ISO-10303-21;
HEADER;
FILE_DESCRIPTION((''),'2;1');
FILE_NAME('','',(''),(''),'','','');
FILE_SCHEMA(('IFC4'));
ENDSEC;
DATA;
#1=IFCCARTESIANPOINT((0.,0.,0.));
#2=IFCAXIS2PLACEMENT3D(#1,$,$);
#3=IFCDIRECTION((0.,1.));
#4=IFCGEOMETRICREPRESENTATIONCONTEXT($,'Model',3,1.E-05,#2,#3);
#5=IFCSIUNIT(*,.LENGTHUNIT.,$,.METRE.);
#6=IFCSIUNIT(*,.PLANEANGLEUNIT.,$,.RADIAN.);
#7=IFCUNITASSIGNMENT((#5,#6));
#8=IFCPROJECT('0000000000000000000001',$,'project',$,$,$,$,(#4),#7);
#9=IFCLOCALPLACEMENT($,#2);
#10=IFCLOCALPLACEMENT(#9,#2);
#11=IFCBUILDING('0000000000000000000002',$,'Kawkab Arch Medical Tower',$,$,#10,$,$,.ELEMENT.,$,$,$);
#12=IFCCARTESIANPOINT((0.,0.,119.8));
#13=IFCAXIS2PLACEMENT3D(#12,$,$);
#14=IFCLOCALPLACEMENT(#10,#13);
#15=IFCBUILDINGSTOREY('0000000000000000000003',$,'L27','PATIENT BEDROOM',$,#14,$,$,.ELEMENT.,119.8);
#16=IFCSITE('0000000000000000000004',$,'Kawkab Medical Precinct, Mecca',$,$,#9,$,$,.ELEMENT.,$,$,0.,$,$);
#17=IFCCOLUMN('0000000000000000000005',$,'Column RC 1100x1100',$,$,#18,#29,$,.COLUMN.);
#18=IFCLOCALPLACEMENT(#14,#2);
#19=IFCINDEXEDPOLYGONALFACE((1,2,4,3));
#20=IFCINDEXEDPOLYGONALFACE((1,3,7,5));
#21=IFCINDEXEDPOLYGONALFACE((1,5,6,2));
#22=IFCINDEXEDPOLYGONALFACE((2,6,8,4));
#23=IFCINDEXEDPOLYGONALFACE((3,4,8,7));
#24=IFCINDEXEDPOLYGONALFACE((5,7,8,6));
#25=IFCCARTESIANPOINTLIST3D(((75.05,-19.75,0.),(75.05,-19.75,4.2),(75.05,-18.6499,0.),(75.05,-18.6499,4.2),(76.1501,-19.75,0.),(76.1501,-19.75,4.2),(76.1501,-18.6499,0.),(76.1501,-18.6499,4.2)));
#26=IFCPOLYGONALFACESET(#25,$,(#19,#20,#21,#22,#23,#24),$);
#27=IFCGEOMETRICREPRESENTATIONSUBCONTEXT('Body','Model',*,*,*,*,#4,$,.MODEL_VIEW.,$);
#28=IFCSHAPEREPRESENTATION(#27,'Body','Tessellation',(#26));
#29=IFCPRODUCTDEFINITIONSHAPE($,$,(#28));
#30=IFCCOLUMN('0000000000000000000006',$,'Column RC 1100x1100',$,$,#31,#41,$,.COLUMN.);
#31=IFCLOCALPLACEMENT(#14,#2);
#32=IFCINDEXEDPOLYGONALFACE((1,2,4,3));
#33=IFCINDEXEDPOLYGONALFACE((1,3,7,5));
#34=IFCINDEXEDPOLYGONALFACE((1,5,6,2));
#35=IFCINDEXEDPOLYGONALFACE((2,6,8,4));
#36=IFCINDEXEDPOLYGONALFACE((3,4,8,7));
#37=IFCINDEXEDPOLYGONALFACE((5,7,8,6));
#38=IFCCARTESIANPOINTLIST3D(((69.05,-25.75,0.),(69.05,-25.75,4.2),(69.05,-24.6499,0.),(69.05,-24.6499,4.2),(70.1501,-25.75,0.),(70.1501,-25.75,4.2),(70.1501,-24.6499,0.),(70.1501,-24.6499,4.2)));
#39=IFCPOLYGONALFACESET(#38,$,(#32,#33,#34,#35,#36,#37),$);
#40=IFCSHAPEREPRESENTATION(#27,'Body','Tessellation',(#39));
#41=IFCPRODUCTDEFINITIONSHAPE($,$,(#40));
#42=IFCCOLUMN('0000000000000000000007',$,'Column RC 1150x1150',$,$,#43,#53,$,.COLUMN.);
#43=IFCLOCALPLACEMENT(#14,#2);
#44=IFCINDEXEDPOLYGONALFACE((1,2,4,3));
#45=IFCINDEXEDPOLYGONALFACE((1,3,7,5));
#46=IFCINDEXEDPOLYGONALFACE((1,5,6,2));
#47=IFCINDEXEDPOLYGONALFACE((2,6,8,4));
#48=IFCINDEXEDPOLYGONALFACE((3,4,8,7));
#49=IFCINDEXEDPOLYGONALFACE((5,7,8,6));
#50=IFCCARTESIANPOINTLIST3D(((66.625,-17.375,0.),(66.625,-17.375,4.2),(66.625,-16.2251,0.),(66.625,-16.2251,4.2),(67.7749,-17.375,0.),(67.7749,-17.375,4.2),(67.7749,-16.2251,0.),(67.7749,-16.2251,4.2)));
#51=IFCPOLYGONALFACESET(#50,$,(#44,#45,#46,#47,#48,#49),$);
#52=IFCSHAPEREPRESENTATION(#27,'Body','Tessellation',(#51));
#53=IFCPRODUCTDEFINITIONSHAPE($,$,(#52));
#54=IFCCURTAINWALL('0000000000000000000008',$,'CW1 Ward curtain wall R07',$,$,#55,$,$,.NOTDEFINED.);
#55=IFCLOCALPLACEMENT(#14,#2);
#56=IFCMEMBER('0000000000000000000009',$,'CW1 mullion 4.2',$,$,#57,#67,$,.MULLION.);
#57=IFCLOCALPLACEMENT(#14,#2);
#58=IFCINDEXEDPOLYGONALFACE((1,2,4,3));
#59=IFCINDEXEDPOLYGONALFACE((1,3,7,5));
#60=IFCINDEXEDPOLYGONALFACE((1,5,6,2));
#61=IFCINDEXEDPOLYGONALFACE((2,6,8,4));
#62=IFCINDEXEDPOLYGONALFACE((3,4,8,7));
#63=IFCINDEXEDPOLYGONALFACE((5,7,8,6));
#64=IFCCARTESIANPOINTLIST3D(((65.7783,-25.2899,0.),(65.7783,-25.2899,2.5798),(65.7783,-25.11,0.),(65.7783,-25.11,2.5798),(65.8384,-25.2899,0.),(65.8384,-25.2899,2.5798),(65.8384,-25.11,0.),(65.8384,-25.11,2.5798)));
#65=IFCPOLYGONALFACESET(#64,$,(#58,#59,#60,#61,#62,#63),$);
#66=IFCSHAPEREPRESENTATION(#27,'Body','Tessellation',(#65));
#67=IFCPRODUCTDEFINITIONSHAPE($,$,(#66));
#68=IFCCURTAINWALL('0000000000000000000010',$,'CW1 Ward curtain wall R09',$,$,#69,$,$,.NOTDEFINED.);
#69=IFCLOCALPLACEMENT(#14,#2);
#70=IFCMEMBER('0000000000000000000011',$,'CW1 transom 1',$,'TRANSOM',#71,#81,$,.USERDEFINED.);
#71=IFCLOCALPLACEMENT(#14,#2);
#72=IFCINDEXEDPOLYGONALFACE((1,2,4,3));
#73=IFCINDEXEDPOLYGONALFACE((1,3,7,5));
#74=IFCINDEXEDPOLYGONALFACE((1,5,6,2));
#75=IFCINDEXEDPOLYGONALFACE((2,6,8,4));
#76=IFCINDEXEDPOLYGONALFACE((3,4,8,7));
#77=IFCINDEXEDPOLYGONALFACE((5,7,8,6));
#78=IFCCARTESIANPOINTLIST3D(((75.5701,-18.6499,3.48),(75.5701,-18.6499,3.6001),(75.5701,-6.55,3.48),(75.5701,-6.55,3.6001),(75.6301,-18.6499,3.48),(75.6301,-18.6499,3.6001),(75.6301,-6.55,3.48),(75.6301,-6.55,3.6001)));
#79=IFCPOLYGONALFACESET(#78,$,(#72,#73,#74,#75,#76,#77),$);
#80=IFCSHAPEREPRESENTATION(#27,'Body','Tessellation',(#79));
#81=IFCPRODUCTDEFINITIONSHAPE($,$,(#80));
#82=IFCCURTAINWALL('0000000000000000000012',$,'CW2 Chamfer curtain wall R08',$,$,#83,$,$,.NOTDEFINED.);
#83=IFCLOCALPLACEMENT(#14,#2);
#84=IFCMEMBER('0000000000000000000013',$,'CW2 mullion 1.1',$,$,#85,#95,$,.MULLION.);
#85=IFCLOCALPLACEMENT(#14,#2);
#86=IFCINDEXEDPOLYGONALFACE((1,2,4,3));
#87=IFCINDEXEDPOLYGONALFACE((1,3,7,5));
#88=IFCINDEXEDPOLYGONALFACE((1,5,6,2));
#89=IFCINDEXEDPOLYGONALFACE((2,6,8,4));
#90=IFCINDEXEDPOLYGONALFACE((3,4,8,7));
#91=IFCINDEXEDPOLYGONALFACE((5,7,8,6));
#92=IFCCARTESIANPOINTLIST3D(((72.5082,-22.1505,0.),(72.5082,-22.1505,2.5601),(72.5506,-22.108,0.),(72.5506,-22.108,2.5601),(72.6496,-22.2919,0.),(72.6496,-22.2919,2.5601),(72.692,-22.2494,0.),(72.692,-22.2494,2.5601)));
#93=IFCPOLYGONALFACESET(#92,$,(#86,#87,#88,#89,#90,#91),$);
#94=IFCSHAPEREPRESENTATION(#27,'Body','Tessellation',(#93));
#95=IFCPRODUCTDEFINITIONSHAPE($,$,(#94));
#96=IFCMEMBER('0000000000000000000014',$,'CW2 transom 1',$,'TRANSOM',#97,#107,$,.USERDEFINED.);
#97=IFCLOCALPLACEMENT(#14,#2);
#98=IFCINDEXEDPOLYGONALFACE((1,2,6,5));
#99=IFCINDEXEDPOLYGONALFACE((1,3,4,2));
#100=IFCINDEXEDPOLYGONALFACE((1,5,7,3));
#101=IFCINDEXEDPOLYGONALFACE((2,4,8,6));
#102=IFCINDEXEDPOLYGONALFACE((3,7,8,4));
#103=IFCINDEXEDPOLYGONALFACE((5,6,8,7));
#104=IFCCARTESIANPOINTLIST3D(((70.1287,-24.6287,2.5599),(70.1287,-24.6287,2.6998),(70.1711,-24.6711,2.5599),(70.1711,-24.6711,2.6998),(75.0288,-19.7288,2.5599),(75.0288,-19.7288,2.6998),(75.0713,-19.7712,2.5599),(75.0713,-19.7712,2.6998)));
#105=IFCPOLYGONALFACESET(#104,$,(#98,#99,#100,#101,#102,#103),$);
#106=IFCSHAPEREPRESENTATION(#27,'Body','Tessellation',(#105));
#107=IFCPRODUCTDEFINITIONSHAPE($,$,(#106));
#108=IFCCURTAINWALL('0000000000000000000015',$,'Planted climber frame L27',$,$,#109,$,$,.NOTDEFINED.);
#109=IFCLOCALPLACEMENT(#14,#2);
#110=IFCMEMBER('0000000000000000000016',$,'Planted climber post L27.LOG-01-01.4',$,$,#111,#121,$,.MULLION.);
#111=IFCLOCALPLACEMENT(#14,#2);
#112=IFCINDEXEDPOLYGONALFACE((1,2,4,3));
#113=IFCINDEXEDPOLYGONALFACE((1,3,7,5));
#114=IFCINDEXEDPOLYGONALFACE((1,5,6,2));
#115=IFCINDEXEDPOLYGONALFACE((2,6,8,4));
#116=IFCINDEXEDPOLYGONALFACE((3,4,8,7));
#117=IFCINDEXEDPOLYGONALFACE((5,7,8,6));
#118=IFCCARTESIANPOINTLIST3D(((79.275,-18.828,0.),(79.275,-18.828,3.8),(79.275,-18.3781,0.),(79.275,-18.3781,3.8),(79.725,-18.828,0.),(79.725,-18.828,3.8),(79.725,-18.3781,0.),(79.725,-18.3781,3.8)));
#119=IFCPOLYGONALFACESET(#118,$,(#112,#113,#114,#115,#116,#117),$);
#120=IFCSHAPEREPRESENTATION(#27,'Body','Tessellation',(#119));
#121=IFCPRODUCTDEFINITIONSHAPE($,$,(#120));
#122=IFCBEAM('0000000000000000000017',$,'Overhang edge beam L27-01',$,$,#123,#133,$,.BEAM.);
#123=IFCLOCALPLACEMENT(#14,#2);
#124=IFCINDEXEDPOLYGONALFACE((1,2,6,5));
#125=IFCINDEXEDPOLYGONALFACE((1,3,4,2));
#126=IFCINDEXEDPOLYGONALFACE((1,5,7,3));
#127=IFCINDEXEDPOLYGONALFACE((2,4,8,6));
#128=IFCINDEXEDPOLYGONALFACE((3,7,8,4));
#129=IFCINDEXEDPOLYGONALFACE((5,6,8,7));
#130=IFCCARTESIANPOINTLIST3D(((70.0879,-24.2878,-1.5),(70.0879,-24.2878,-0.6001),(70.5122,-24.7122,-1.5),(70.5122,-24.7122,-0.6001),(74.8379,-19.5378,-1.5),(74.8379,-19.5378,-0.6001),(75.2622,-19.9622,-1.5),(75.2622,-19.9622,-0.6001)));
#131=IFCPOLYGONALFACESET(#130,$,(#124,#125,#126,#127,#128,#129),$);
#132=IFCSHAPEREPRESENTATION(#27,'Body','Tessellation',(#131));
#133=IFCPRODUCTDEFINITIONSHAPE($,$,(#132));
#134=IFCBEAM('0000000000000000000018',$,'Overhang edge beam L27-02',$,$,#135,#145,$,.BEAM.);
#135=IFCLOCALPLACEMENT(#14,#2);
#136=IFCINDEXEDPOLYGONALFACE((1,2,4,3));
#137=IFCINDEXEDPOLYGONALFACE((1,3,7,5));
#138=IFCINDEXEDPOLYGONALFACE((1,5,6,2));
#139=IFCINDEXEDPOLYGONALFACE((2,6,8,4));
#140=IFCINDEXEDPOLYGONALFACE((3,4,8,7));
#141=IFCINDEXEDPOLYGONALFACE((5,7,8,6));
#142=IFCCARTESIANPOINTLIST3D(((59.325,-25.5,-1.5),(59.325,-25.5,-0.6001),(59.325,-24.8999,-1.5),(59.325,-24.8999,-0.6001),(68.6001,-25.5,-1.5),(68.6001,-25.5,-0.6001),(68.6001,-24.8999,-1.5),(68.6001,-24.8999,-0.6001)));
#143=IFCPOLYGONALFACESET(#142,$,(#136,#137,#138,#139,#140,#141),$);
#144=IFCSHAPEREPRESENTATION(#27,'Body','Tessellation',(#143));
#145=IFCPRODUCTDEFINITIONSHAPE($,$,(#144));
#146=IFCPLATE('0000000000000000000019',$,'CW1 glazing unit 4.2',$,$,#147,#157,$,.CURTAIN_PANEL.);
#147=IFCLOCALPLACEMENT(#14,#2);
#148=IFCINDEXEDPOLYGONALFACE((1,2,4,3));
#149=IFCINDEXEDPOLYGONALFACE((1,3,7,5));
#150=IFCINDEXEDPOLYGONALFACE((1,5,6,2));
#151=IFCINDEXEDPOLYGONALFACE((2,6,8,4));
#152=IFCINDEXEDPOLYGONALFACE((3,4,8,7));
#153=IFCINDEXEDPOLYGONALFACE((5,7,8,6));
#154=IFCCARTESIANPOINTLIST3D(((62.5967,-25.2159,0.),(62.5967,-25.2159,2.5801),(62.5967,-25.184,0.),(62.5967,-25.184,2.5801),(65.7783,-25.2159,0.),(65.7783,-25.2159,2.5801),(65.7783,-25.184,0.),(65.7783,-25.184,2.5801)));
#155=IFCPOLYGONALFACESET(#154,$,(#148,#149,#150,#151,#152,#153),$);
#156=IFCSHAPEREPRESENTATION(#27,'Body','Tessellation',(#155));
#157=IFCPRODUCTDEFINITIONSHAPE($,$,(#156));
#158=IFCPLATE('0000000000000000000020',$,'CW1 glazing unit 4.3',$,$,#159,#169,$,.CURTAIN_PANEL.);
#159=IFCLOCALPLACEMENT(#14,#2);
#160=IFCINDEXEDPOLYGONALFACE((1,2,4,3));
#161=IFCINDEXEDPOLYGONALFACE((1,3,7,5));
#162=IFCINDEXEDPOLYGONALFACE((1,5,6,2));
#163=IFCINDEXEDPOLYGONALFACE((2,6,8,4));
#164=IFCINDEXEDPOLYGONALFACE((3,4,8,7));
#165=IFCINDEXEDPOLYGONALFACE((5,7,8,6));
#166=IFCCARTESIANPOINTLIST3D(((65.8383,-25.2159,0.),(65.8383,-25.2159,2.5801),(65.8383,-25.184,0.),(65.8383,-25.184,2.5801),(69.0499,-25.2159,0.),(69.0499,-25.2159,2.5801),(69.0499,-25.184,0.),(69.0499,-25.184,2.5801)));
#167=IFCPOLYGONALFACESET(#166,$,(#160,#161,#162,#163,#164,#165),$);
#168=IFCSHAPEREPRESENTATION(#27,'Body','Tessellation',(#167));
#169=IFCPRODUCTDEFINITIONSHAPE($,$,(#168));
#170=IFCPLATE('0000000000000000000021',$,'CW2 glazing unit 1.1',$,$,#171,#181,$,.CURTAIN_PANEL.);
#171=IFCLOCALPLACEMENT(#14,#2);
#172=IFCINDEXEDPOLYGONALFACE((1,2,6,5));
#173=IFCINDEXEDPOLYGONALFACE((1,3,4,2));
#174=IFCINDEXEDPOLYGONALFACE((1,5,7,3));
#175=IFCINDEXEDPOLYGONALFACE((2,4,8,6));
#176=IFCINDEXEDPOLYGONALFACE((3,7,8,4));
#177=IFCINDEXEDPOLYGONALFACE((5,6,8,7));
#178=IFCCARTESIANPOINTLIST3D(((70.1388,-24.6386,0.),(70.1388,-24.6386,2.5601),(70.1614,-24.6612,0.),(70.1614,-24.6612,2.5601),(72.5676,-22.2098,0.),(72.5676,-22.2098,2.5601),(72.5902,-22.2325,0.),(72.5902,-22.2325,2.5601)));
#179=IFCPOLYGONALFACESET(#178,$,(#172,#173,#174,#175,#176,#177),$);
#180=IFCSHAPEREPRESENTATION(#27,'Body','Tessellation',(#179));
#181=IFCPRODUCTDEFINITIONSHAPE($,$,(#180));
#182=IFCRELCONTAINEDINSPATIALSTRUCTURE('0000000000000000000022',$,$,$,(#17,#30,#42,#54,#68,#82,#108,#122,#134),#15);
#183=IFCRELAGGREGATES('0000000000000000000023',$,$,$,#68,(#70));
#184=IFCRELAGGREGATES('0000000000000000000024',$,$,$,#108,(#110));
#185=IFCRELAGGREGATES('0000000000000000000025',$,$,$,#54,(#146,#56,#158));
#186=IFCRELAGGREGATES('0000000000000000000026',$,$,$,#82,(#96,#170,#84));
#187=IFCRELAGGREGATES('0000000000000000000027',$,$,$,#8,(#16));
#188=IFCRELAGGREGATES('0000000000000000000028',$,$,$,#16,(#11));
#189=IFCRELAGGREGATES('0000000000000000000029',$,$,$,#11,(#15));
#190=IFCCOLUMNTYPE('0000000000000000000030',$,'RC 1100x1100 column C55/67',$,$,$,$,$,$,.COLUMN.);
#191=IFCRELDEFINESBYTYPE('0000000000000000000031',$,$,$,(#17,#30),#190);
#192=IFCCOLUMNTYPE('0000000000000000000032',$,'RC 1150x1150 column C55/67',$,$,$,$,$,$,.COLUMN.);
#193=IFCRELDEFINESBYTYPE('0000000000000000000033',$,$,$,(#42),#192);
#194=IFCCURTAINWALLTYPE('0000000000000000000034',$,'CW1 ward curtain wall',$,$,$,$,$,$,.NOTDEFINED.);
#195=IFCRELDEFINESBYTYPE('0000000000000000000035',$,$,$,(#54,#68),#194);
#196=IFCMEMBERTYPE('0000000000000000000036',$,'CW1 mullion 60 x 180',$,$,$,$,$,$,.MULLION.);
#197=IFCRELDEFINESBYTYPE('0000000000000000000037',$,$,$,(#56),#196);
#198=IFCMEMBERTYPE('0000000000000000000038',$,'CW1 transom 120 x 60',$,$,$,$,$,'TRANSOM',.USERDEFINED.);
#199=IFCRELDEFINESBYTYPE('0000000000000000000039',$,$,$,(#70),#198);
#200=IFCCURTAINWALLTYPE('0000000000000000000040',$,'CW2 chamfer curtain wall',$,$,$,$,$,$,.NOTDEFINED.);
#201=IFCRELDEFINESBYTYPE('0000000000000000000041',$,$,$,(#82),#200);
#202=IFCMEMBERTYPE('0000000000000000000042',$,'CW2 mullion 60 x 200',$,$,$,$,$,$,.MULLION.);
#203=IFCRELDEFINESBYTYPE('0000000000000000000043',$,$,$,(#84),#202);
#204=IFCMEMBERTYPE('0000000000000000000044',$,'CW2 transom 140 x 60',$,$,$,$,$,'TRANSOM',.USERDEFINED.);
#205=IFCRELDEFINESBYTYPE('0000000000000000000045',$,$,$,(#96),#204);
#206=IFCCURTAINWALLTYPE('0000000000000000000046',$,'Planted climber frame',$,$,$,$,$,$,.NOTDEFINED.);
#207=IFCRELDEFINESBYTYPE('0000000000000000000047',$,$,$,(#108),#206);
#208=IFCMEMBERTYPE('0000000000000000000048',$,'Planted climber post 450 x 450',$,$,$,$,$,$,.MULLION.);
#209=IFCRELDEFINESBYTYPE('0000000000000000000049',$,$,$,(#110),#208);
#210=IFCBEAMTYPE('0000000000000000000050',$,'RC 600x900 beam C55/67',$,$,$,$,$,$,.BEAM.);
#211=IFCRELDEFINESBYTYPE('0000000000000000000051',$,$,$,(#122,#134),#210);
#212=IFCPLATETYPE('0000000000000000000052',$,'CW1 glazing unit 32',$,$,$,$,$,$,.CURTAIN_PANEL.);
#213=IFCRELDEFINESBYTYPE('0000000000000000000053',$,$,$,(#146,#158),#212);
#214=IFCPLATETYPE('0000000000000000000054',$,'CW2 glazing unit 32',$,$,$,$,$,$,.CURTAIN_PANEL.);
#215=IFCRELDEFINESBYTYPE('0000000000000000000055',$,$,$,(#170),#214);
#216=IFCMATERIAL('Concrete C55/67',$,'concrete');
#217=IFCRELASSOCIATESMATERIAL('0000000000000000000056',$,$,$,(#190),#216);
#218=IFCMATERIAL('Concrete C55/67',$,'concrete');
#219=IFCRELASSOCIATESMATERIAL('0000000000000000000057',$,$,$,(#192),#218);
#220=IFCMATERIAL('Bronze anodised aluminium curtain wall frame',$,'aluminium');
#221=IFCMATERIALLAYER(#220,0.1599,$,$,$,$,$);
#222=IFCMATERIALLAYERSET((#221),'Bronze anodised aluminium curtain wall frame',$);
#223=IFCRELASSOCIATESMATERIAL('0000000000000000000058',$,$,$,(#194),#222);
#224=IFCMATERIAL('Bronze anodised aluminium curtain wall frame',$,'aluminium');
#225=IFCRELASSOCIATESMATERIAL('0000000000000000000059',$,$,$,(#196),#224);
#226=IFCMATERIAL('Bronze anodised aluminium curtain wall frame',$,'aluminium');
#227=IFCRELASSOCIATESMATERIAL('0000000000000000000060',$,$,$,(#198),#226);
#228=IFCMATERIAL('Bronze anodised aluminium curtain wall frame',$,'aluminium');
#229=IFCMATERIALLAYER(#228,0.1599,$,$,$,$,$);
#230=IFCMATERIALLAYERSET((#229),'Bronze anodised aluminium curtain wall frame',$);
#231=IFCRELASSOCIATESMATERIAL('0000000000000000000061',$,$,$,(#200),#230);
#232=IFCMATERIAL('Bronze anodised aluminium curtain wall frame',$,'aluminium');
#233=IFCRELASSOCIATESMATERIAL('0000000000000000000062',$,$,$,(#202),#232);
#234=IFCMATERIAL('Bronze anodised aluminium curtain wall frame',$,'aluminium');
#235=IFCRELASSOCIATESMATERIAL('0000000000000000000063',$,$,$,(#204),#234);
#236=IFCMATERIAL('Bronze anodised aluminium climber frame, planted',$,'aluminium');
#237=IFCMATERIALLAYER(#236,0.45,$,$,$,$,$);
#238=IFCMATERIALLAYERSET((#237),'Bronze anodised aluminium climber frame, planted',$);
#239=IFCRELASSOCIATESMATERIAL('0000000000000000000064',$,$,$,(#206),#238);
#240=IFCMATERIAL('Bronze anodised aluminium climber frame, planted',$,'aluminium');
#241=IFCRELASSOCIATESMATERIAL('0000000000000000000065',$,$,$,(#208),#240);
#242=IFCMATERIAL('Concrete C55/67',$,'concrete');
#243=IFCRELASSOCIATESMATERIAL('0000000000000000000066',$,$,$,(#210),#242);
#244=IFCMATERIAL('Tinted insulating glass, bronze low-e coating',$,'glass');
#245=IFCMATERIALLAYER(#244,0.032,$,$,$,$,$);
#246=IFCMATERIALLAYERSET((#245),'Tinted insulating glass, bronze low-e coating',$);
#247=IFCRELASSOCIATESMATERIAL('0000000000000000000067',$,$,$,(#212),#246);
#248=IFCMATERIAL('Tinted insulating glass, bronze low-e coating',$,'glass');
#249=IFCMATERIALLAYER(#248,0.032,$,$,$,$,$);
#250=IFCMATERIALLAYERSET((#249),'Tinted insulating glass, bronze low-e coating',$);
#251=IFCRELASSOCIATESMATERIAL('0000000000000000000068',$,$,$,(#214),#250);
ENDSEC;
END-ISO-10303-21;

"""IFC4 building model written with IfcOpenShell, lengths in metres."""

from ifc_helpers import new_model, si_unit, direction, frame, origin, origin_2d, place, context, subcontext, project, spatial, rectangle, extrude, material, layer, layer_set, material_profile, profile_set, type_object, element, aggregate, save


model = new_model("IFC4")

# Units and contexts
model_context = context("Model", 3, precision=1e-05, world=origin(), true_north=direction((0.0, 1.0)))
body_context = subcontext(model_context, "Body", "Model", "MODEL_VIEW")
ifc_project = project(units=[si_unit("LENGTHUNIT", "METRE"), si_unit("PLANEANGLEUNIT", "RADIAN")], contexts=[model_context])

# Site, building, storey
site_placement = place(None, origin())
site = spatial("IfcSite", under=ifc_project, at=site_placement, Name="Kawkab Medical Precinct, Mecca", CompositionType="ELEMENT", RefElevation=0.0)
building_placement = place(site_placement, origin())
building = spatial("IfcBuilding", under=site, at=building_placement, Name="Kawkab Arch Medical Tower", CompositionType="ELEMENT")
storey_placement = place(building_placement, frame((0.0, 0.0, 119.8)))
storey = spatial("IfcBuildingStorey", under=building, at=storey_placement, Name="L27", Description="PATIENT BEDROOM", CompositionType="ELEMENT", Elevation=119.8)

# Columns
ifc_material_1 = material(Name="Concrete C55/67", Category="concrete")
ifc_material_profile_1 = material_profile(ifc_material_1, rectangle(XDim=1.1001, YDim=1.1001, at=origin_2d()), Name="RC 1100x1100")
ifc_profile_set_1 = profile_set([ifc_material_profile_1], Name="Concrete C55/67")
column_type_1 = type_object("IfcColumnType", Name="RC 1100x1100 column C55/67", PredefinedType="COLUMN", material=ifc_profile_set_1)
for number, where, z_axis, x_axis, name in (
    (1, (75.6001, -19.2, 0.0), (0.0, 0.0, 1.0), (1.0, 0.0, 0.0), "Column RC 1100x1100"),
    (2, (69.6001, -25.2, 0.0), (0.0, 0.0, 1.0), (1.0, 0.0, 0.0), "Column RC 1100x1100"),
):
    element("IfcColumn", number, at=place(storey_placement, frame(where, z_axis=z_axis, x_axis=x_axis)), inside=storey, type_object=column_type_1, Name=name, PredefinedType="COLUMN", context=body_context, shape_type="SweptSolid", body=[
        extrude(rectangle(XDim=1.1001, YDim=1.1001, at=origin_2d()), origin(), (0.0, 0.0, 1.0), 4.2),
    ])
ifc_material_2 = material(Name="Concrete C55/67", Category="concrete")
ifc_material_profile_2 = material_profile(ifc_material_2, rectangle(XDim=1.1499, YDim=1.1499, at=origin_2d()), Name="RC 1150x1150")
ifc_profile_set_2 = profile_set([ifc_material_profile_2], Name="Concrete C55/67")
column_type_2 = type_object("IfcColumnType", Name="RC 1150x1150 column C55/67", PredefinedType="COLUMN", material=ifc_profile_set_2)
column_placement = place(storey_placement, frame((67.2, -16.8, 0.0), z_axis=(0.0, 0.0, 1.0), x_axis=(1.0, 0.0, 0.0)))
element("IfcColumn", 3, at=column_placement, inside=storey, type_object=column_type_2, Name="Column RC 1150x1150", PredefinedType="COLUMN", context=body_context, shape_type="SweptSolid", body=[
    extrude(rectangle(XDim=1.1499, YDim=1.1499, at=origin_2d()), origin(), (0.0, 0.0, 1.0), 4.2),
])

# Curtain walls, members
ifc_material_3 = material(Name="Bronze anodised aluminium curtain wall frame", Category="aluminium")
ifc_layer_1 = layer(ifc_material_3, 0.1599)
ifc_layer_set_1 = layer_set([ifc_layer_1], Name="Bronze anodised aluminium curtain wall frame")
curtain_wall_type_1 = type_object("IfcCurtainWallType", Name="CW1 ward curtain wall", PredefinedType="NOTDEFINED", material=ifc_layer_set_1)
placement = place(storey_placement, origin())
curtain_wall_1 = element("IfcCurtainWall", 4, at=placement, inside=storey, type_object=curtain_wall_type_1, Name="CW1 Ward curtain wall R07", PredefinedType="NOTDEFINED")
ifc_material_4 = material(Name="Bronze anodised aluminium curtain wall frame", Category="aluminium")
ifc_material_profile_3 = material_profile(ifc_material_4, rectangle(XDim=0.1799, YDim=0.0601, at=origin_2d()), Name="AL 60x180")
ifc_profile_set_3 = profile_set([ifc_material_profile_3], Name="Bronze anodised aluminium curtain wall frame")
member_type_1 = type_object("IfcMemberType", Name="CW1 mullion 60 x 180", PredefinedType="MULLION", material=ifc_profile_set_3)
member_1_placement = place(storey_placement, frame((65.8083, -25.2, 0.0), z_axis=(0.0, 0.0, 1.0), x_axis=(0.0, 1.0, 0.0)))
member_1 = element("IfcMember", 5, at=member_1_placement, type_object=member_type_1, Name="CW1 mullion 4.2", PredefinedType="MULLION", context=body_context, shape_type="SweptSolid", body=[
    extrude(rectangle(XDim=0.1799, YDim=0.0601, at=origin_2d()), origin(), (0.0, 0.0, 1.0), 2.5798),
])
curtain_wall_2 = element("IfcCurtainWall", 6, at=placement, inside=storey, type_object=curtain_wall_type_1, Name="CW1 Ward curtain wall R09", PredefinedType="NOTDEFINED")
ifc_material_5 = material(Name="Bronze anodised aluminium curtain wall frame", Category="aluminium")
ifc_material_profile_4 = material_profile(ifc_material_5, rectangle(XDim=0.0601, YDim=0.1201, at=origin_2d()), Name="AL 60x120")
ifc_profile_set_4 = profile_set([ifc_material_profile_4], Name="Bronze anodised aluminium curtain wall frame")
member_type_2 = type_object("IfcMemberType", Name="CW1 transom 120 x 60", ElementType="TRANSOM", PredefinedType="USERDEFINED", material=ifc_profile_set_4)
member_2_placement = place(storey_placement, frame((75.6001, -18.6499, 3.54), z_axis=(0.0, 1.0, 0.0), x_axis=(-1.0, 0.0, 0.0)))
member_2 = element("IfcMember", 7, at=member_2_placement, type_object=member_type_2, Name="CW1 transom 1", ObjectType="TRANSOM", PredefinedType="USERDEFINED", context=body_context, shape_type="SweptSolid", body=[
    extrude(rectangle(XDim=0.0601, YDim=0.1201, at=origin_2d()), origin(), (0.0, 0.0, 1.0), 12.0999),
])
aggregate(curtain_wall_2, [member_2])

# Curtain wall, members
ifc_material_6 = material(Name="Bronze anodised aluminium curtain wall frame", Category="aluminium")
ifc_layer_2 = layer(ifc_material_6, 0.1599)
ifc_layer_set_2 = layer_set([ifc_layer_2], Name="Bronze anodised aluminium curtain wall frame")
curtain_wall_type_2 = type_object("IfcCurtainWallType", Name="CW2 chamfer curtain wall", PredefinedType="NOTDEFINED", material=ifc_layer_set_2)
curtain_wall_3 = element("IfcCurtainWall", 8, at=placement, inside=storey, type_object=curtain_wall_type_2, Name="CW2 Chamfer curtain wall R08", PredefinedType="NOTDEFINED")
ifc_material_7 = material(Name="Bronze anodised aluminium curtain wall frame", Category="aluminium")
ifc_material_profile_5 = material_profile(ifc_material_7, rectangle(XDim=0.2, YDim=0.0601, at=origin_2d()), Name="AL 60x200")
ifc_profile_set_5 = profile_set([ifc_material_profile_5], Name="Bronze anodised aluminium curtain wall frame")
member_type_3 = type_object("IfcMemberType", Name="CW2 mullion 60 x 200", PredefinedType="MULLION", material=ifc_profile_set_5)
member_3_placement = place(storey_placement, frame((72.6001, -22.2, 0.0), z_axis=(0.0, 0.0, 1.0), x_axis=(-0.707107, 0.707107, 0.0)))
member_3 = element("IfcMember", 9, at=member_3_placement, type_object=member_type_3, Name="CW2 mullion 1.1", PredefinedType="MULLION", context=body_context, shape_type="SweptSolid", body=[
    extrude(rectangle(XDim=0.2, YDim=0.0601, at=origin_2d()), origin(), (0.0, 0.0, 1.0), 2.5601),
])
ifc_material_8 = material(Name="Bronze anodised aluminium curtain wall frame", Category="aluminium")
ifc_material_profile_6 = material_profile(ifc_material_8, rectangle(XDim=0.0601, YDim=0.1399, at=origin_2d()), Name="AL 60x140")
ifc_profile_set_6 = profile_set([ifc_material_profile_6], Name="Bronze anodised aluminium curtain wall frame")
member_type_4 = type_object("IfcMemberType", Name="CW2 transom 140 x 60", ElementType="TRANSOM", PredefinedType="USERDEFINED", material=ifc_profile_set_6)
member_4_placement = place(storey_placement, frame((70.1499, -24.6499, 2.6299), z_axis=(0.707124, 0.707089, 0.0), x_axis=(-0.707089, 0.707124, 0.0)))
member_4 = element("IfcMember", 10, at=member_4_placement, type_object=member_type_4, Name="CW2 transom 1", ObjectType="TRANSOM", PredefinedType="USERDEFINED", context=body_context, shape_type="SweptSolid", body=[
    extrude(rectangle(XDim=0.0601, YDim=0.1399, at=origin_2d()), origin(), (0.0, 0.0, 1.0), 6.9297),
])

# Curtain wall, member
ifc_material_9 = material(Name="Bronze anodised aluminium climber frame, planted", Category="aluminium")
ifc_layer_3 = layer(ifc_material_9, 0.45)
ifc_layer_set_3 = layer_set([ifc_layer_3], Name="Bronze anodised aluminium climber frame, planted")
curtain_wall_type_3 = type_object("IfcCurtainWallType", Name="Planted climber frame", PredefinedType="NOTDEFINED", material=ifc_layer_set_3)
curtain_wall_4 = element("IfcCurtainWall", 11, at=placement, inside=storey, type_object=curtain_wall_type_3, Name="Planted climber frame L27", PredefinedType="NOTDEFINED")
ifc_material_10 = material(Name="Bronze anodised aluminium climber frame, planted", Category="aluminium")
ifc_material_profile_7 = material_profile(ifc_material_10, rectangle(XDim=0.45, YDim=0.45, at=origin_2d()), Name="Post 450x450")
ifc_profile_set_7 = profile_set([ifc_material_profile_7], Name="Bronze anodised aluminium climber frame, planted")
member_type_5 = type_object("IfcMemberType", Name="Planted climber post 450 x 450", PredefinedType="MULLION", material=ifc_profile_set_7)
member_5_placement = place(storey_placement, frame((79.5, -18.603, 0.0), z_axis=(0.0, 0.0, 1.0), x_axis=(1.0, 0.0, 0.0)))
member_5 = element("IfcMember", 12, at=member_5_placement, type_object=member_type_5, Name="Planted climber post L27.LOG-01-01.4", PredefinedType="MULLION", context=body_context, shape_type="SweptSolid", body=[
    extrude(rectangle(XDim=0.45, YDim=0.45, at=origin_2d()), origin(), (0.0, 0.0, 1.0), 3.8),
])
aggregate(curtain_wall_4, [member_5])

# Beams
ifc_material_11 = material(Name="Concrete C55/67", Category="concrete")
ifc_material_profile_8 = material_profile(ifc_material_11, rectangle(XDim=0.6001, YDim=0.8999, at=origin_2d()), Name="RC 600x900")
ifc_profile_set_8 = profile_set([ifc_material_profile_8], Name="Concrete C55/67")
beam_type = type_object("IfcBeamType", Name="RC 600x900 beam C55/67", PredefinedType="BEAM", material=ifc_profile_set_8)
beam_1_placement = place(storey_placement, frame((75.05, -19.75, -1.05), z_axis=(-0.707107, -0.707107, 0.0), x_axis=(0.707107, -0.707107, 0.0)))
element("IfcBeam", 13, at=beam_1_placement, inside=storey, type_object=beam_type, Name="Overhang edge beam L27-01", PredefinedType="BEAM", context=body_context, shape_type="SweptSolid", body=[
    extrude(rectangle(XDim=0.6001, YDim=0.8999, at=origin_2d()), origin(), (0.0, 0.0, 1.0), 6.7175),
])
beam_2_placement = place(storey_placement, frame((68.6001, -25.2, -1.05), z_axis=(-1.0, 0.0, 0.0), x_axis=(0.0, -1.0, 0.0)))
element("IfcBeam", 14, at=beam_2_placement, inside=storey, type_object=beam_type, Name="Overhang edge beam L27-02", PredefinedType="BEAM", context=body_context, shape_type="SweptSolid", body=[
    extrude(rectangle(XDim=0.6001, YDim=0.8999, at=origin_2d()), origin(), (0.0, 0.0, 1.0), 9.2751),
])

# Plates
ifc_material_12 = material(Name="Tinted insulating glass, bronze low-e coating", Category="glass")
ifc_layer_4 = layer(ifc_material_12, 0.032)
ifc_layer_set_4 = layer_set([ifc_layer_4], Name="Tinted insulating glass, bronze low-e coating")
plate_type_1 = type_object("IfcPlateType", Name="CW1 glazing unit 32", PredefinedType="CURTAIN_PANEL", material=ifc_layer_set_4)
plate_1_placement = place(storey_placement, frame((64.1875, -25.2, 0.0), z_axis=(0.0, 0.0, 1.0), x_axis=(1.0, 0.0, 0.0)))
plate_1 = element("IfcPlate", 15, at=plate_1_placement, type_object=plate_type_1, Name="CW1 glazing unit 4.2", PredefinedType="CURTAIN_PANEL", context=body_context, shape_type="SweptSolid", body=[
    extrude(rectangle(XDim=3.1816, YDim=0.032, at=origin_2d()), origin(), (0.0, 0.0, 1.0), 2.5801),
])
plate_2_placement = place(storey_placement, frame((67.4441, -25.2, 0.0), z_axis=(0.0, 0.0, 1.0), x_axis=(1.0, 0.0, 0.0)))
plate_2 = element("IfcPlate", 16, at=plate_2_placement, type_object=plate_type_1, Name="CW1 glazing unit 4.3", PredefinedType="CURTAIN_PANEL", context=body_context, shape_type="SweptSolid", body=[
    extrude(rectangle(XDim=3.2117, YDim=0.032, at=origin_2d()), origin(), (0.0, 0.0, 1.0), 2.5801),
])
aggregate(curtain_wall_1, [plate_1, member_1, plate_2])
ifc_material_13 = material(Name="Tinted insulating glass, bronze low-e coating", Category="glass")
ifc_layer_5 = layer(ifc_material_13, 0.032)
ifc_layer_set_5 = layer_set([ifc_layer_5], Name="Tinted insulating glass, bronze low-e coating")
plate_type_2 = type_object("IfcPlateType", Name="CW2 glazing unit 32", PredefinedType="CURTAIN_PANEL", material=ifc_layer_set_5)
plate_3_placement = place(storey_placement, frame((71.3645, -23.4355, 0.0), z_axis=(0.0, 0.0, 1.0), x_axis=(0.707107, 0.707107, 0.0)))
plate_3 = element("IfcPlate", 17, at=plate_3_placement, type_object=plate_type_2, Name="CW2 glazing unit 1.1", PredefinedType="CURTAIN_PANEL", context=body_context, shape_type="SweptSolid", body=[
    extrude(rectangle(XDim=3.4348, YDim=0.032, at=origin_2d()), origin(), (0.0, 0.0, 1.0), 2.5601),
])
aggregate(curtain_wall_3, [member_4, plate_3, member_3])

save(model, "model.ifc")
